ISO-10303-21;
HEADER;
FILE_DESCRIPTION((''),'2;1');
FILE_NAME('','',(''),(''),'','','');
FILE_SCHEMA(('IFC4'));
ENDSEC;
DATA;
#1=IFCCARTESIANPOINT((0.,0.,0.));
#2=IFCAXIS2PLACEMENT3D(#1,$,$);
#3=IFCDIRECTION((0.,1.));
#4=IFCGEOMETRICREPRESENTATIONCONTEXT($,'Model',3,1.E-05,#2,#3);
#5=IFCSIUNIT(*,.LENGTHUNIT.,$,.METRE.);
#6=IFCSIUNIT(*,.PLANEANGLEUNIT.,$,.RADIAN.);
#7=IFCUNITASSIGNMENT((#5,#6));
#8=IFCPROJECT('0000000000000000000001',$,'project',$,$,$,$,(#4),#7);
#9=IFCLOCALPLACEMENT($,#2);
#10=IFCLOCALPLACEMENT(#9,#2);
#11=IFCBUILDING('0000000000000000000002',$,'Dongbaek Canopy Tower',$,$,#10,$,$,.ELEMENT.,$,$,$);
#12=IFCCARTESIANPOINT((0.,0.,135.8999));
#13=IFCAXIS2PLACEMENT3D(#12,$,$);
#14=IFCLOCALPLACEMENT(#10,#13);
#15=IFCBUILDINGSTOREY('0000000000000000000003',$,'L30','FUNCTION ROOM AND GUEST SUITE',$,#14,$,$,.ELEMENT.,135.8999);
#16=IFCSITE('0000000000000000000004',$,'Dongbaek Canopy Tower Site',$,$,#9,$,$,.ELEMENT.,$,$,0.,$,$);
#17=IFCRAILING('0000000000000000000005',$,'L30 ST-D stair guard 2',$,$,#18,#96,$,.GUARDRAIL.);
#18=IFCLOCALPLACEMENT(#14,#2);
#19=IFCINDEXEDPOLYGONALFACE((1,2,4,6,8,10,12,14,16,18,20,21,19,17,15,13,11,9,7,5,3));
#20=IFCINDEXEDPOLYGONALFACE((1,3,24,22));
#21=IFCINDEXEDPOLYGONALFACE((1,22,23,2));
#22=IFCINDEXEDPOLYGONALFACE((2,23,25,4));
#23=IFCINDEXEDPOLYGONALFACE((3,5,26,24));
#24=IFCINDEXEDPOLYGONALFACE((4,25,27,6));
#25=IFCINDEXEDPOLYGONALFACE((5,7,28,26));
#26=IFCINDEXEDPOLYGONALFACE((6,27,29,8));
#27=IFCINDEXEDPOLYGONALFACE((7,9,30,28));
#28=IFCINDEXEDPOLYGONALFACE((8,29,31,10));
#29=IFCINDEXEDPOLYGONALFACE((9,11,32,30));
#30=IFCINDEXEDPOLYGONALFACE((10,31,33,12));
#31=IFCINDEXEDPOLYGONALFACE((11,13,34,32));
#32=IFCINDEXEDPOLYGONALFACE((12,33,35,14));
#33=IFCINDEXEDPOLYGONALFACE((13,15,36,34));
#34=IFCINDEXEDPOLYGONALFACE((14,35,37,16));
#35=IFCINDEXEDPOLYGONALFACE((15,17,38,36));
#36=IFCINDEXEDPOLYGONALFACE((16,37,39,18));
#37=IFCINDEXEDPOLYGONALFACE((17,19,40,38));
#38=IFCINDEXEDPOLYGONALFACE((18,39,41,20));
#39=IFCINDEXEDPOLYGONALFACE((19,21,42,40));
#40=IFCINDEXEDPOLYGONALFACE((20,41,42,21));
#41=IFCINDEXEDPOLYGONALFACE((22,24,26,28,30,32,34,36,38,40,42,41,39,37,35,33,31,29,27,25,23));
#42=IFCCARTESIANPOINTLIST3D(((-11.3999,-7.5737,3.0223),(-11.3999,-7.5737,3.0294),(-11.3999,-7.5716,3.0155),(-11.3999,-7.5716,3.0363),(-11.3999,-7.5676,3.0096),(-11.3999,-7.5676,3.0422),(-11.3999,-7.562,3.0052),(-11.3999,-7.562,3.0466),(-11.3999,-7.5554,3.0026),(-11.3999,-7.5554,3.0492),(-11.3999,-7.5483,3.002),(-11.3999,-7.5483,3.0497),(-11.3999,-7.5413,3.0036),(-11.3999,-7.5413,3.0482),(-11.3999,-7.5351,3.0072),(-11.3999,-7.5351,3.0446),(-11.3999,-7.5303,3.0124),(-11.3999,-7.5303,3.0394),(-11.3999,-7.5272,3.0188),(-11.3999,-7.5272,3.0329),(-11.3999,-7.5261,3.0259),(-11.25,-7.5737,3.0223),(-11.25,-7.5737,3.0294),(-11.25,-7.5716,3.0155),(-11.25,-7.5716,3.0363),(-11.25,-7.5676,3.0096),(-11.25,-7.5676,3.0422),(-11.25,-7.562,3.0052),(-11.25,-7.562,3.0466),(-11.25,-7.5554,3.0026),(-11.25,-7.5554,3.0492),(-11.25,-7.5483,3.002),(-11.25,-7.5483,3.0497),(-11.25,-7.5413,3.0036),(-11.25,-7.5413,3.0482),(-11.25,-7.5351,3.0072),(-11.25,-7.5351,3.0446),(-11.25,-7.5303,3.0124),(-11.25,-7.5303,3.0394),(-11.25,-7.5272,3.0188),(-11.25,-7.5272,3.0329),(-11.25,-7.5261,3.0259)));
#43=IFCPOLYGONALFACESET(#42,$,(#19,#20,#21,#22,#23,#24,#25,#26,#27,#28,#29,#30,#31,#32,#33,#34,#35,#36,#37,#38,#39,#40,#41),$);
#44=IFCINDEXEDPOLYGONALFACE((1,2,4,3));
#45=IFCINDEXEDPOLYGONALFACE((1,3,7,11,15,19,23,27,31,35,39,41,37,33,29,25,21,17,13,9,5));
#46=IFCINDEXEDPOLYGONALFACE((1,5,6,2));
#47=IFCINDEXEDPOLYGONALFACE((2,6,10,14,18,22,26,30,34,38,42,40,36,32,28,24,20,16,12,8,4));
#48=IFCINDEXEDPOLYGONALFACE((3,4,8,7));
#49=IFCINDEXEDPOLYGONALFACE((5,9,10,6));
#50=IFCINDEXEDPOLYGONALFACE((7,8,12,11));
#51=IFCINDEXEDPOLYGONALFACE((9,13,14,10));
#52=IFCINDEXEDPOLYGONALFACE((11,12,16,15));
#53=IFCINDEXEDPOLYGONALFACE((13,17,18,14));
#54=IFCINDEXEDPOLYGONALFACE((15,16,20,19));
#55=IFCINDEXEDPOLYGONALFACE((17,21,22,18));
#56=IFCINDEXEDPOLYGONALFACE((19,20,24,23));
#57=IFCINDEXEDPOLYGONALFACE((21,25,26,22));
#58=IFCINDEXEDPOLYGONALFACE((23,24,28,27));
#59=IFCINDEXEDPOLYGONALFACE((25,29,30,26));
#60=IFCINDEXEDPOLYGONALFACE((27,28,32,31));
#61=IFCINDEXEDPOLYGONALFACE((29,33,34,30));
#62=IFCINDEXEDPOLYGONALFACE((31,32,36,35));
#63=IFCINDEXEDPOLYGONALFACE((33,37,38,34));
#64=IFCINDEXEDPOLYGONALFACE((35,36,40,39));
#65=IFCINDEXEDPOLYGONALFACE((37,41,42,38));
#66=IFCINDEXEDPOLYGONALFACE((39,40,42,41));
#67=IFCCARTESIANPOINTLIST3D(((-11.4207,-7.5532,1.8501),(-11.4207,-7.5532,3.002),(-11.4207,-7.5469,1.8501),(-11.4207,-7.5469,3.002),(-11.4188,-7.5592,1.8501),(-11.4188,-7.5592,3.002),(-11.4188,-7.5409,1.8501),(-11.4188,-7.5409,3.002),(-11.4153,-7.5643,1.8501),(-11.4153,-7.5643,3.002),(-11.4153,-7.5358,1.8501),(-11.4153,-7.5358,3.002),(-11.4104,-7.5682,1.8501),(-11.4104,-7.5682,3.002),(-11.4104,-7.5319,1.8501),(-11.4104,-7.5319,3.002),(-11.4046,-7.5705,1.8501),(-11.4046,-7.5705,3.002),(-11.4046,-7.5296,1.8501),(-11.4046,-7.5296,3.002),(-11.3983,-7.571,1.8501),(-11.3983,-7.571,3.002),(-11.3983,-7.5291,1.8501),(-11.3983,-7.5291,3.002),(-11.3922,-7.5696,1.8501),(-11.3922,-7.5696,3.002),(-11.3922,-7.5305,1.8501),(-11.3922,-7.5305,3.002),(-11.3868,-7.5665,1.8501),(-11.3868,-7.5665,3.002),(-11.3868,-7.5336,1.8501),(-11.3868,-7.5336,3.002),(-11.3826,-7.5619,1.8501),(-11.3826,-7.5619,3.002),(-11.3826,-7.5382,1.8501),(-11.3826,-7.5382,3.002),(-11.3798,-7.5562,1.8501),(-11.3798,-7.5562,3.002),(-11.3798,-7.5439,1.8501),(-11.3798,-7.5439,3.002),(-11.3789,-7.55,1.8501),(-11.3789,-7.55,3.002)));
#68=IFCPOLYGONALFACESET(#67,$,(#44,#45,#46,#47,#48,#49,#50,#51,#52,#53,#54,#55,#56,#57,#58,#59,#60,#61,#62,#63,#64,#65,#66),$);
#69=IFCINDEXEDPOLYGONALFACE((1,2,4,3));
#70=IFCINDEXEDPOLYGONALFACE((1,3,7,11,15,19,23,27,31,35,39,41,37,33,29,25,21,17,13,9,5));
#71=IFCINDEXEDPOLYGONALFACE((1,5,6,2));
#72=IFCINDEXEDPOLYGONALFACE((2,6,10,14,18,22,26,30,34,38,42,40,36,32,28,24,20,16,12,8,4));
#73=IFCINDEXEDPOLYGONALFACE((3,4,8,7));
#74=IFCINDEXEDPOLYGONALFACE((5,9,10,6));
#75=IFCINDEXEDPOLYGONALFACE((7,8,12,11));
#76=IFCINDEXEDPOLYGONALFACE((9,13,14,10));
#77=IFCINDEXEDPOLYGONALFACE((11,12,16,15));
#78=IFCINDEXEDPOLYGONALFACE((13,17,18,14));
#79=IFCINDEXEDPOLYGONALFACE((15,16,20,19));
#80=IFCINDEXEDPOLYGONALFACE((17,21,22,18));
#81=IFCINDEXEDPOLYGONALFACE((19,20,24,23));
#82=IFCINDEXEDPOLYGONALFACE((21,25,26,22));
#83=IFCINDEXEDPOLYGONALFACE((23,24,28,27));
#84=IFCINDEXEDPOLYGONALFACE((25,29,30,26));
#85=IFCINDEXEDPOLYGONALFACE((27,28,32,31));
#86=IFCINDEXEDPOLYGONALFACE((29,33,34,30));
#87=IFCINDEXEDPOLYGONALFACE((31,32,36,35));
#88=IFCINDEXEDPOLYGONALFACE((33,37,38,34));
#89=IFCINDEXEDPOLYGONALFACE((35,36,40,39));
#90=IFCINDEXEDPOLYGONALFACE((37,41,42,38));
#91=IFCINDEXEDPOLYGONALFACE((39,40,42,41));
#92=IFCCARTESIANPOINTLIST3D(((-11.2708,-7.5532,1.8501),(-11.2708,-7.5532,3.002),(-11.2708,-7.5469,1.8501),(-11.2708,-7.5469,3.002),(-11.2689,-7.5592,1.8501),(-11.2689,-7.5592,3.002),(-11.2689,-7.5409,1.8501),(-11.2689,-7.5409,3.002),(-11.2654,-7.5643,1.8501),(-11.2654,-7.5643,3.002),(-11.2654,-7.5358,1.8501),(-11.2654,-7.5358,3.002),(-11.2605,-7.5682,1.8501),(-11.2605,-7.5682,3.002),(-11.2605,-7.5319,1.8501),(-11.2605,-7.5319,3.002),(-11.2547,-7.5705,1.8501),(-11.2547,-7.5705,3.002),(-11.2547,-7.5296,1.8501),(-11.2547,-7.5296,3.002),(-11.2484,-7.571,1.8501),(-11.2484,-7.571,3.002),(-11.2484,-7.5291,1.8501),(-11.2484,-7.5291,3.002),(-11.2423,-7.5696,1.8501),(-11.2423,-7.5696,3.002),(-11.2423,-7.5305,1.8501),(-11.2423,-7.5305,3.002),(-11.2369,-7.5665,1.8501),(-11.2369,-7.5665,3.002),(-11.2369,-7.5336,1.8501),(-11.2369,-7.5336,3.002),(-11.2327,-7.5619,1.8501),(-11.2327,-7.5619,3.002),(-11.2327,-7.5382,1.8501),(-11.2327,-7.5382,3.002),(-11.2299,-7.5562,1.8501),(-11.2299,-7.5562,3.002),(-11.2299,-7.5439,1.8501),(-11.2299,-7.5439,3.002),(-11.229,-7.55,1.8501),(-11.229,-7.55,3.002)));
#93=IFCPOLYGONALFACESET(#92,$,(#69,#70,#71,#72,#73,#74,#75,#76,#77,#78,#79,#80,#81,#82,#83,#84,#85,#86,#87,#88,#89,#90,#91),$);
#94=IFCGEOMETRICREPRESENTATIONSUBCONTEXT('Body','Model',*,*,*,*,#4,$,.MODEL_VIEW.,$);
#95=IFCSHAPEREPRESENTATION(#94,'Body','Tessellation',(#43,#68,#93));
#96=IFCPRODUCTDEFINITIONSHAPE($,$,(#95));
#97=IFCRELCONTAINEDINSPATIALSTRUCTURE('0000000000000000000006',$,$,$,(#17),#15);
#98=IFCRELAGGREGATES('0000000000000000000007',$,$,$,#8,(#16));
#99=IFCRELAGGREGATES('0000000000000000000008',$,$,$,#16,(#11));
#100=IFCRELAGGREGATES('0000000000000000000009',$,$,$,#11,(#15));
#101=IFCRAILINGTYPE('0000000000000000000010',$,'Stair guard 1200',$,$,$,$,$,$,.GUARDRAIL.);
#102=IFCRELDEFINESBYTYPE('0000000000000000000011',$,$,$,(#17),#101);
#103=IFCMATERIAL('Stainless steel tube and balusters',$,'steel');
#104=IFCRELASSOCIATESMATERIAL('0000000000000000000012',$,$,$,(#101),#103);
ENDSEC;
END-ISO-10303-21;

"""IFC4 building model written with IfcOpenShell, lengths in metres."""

from ifc_helpers import new_model, si_unit, direction, frame, origin, origin_2d, place, context, subcontext, project, spatial, circle, extrude, material, type_object, element, save


model = new_model("IFC4")

# Units and contexts
model_context = context("Model", 3, precision=1e-05, world=origin(), true_north=direction((0.0, 1.0)))
body_context = subcontext(model_context, "Body", "Model", "MODEL_VIEW")
ifc_project = project(units=[si_unit("LENGTHUNIT", "METRE"), si_unit("PLANEANGLEUNIT", "RADIAN")], contexts=[model_context])

# Site, building, storey
site_placement = place(None, origin())
site = spatial("IfcSite", under=ifc_project, at=site_placement, Name="Dongbaek Canopy Tower Site", CompositionType="ELEMENT", RefElevation=0.0)
building_placement = place(site_placement, origin())
building = spatial("IfcBuilding", under=site, at=building_placement, Name="Dongbaek Canopy Tower", CompositionType="ELEMENT")
storey_placement = place(building_placement, frame((0.0, 0.0, 135.8999)))
storey = spatial("IfcBuildingStorey", under=building, at=storey_placement, Name="L30", Description="FUNCTION ROOM AND GUEST SUITE", CompositionType="ELEMENT", Elevation=135.8999)

# Railing
ifc_material_1 = material(Name="Stainless steel tube and balusters", Category="steel")
railing_type_1 = type_object("IfcRailingType", Name="Stair guard 1200", PredefinedType="GUARDRAIL", material=ifc_material_1)
railing_1_placement = place(storey_placement, frame((-11.3999, -7.55, 1.8501)))
element("IfcRailing", 1, at=railing_1_placement, inside=storey, type_object=railing_type_1, Name="L30 ST-D stair guard 2", PredefinedType="GUARDRAIL", context=body_context, shape_type="SweptSolid", body=[
    extrude(circle(Radius=0.0239, at=origin_2d()), frame((0.0, 0.0, 1.1758), z_axis=(1.0, 0.0, 0.0), x_axis=(0.0, 1.0, 0.0)), (0.0, 0.0, 1.0), 0.1499),
    extrude(circle(Radius=0.021, at=origin_2d()), origin(), (0.0, 0.0, 1.0), 1.1519),
    extrude(circle(Radius=0.021, at=origin_2d()), frame((0.1499, 0.0, 0.0)), (0.0, 0.0, 1.0), 1.1519),
])

save(model, "model.ifc")
